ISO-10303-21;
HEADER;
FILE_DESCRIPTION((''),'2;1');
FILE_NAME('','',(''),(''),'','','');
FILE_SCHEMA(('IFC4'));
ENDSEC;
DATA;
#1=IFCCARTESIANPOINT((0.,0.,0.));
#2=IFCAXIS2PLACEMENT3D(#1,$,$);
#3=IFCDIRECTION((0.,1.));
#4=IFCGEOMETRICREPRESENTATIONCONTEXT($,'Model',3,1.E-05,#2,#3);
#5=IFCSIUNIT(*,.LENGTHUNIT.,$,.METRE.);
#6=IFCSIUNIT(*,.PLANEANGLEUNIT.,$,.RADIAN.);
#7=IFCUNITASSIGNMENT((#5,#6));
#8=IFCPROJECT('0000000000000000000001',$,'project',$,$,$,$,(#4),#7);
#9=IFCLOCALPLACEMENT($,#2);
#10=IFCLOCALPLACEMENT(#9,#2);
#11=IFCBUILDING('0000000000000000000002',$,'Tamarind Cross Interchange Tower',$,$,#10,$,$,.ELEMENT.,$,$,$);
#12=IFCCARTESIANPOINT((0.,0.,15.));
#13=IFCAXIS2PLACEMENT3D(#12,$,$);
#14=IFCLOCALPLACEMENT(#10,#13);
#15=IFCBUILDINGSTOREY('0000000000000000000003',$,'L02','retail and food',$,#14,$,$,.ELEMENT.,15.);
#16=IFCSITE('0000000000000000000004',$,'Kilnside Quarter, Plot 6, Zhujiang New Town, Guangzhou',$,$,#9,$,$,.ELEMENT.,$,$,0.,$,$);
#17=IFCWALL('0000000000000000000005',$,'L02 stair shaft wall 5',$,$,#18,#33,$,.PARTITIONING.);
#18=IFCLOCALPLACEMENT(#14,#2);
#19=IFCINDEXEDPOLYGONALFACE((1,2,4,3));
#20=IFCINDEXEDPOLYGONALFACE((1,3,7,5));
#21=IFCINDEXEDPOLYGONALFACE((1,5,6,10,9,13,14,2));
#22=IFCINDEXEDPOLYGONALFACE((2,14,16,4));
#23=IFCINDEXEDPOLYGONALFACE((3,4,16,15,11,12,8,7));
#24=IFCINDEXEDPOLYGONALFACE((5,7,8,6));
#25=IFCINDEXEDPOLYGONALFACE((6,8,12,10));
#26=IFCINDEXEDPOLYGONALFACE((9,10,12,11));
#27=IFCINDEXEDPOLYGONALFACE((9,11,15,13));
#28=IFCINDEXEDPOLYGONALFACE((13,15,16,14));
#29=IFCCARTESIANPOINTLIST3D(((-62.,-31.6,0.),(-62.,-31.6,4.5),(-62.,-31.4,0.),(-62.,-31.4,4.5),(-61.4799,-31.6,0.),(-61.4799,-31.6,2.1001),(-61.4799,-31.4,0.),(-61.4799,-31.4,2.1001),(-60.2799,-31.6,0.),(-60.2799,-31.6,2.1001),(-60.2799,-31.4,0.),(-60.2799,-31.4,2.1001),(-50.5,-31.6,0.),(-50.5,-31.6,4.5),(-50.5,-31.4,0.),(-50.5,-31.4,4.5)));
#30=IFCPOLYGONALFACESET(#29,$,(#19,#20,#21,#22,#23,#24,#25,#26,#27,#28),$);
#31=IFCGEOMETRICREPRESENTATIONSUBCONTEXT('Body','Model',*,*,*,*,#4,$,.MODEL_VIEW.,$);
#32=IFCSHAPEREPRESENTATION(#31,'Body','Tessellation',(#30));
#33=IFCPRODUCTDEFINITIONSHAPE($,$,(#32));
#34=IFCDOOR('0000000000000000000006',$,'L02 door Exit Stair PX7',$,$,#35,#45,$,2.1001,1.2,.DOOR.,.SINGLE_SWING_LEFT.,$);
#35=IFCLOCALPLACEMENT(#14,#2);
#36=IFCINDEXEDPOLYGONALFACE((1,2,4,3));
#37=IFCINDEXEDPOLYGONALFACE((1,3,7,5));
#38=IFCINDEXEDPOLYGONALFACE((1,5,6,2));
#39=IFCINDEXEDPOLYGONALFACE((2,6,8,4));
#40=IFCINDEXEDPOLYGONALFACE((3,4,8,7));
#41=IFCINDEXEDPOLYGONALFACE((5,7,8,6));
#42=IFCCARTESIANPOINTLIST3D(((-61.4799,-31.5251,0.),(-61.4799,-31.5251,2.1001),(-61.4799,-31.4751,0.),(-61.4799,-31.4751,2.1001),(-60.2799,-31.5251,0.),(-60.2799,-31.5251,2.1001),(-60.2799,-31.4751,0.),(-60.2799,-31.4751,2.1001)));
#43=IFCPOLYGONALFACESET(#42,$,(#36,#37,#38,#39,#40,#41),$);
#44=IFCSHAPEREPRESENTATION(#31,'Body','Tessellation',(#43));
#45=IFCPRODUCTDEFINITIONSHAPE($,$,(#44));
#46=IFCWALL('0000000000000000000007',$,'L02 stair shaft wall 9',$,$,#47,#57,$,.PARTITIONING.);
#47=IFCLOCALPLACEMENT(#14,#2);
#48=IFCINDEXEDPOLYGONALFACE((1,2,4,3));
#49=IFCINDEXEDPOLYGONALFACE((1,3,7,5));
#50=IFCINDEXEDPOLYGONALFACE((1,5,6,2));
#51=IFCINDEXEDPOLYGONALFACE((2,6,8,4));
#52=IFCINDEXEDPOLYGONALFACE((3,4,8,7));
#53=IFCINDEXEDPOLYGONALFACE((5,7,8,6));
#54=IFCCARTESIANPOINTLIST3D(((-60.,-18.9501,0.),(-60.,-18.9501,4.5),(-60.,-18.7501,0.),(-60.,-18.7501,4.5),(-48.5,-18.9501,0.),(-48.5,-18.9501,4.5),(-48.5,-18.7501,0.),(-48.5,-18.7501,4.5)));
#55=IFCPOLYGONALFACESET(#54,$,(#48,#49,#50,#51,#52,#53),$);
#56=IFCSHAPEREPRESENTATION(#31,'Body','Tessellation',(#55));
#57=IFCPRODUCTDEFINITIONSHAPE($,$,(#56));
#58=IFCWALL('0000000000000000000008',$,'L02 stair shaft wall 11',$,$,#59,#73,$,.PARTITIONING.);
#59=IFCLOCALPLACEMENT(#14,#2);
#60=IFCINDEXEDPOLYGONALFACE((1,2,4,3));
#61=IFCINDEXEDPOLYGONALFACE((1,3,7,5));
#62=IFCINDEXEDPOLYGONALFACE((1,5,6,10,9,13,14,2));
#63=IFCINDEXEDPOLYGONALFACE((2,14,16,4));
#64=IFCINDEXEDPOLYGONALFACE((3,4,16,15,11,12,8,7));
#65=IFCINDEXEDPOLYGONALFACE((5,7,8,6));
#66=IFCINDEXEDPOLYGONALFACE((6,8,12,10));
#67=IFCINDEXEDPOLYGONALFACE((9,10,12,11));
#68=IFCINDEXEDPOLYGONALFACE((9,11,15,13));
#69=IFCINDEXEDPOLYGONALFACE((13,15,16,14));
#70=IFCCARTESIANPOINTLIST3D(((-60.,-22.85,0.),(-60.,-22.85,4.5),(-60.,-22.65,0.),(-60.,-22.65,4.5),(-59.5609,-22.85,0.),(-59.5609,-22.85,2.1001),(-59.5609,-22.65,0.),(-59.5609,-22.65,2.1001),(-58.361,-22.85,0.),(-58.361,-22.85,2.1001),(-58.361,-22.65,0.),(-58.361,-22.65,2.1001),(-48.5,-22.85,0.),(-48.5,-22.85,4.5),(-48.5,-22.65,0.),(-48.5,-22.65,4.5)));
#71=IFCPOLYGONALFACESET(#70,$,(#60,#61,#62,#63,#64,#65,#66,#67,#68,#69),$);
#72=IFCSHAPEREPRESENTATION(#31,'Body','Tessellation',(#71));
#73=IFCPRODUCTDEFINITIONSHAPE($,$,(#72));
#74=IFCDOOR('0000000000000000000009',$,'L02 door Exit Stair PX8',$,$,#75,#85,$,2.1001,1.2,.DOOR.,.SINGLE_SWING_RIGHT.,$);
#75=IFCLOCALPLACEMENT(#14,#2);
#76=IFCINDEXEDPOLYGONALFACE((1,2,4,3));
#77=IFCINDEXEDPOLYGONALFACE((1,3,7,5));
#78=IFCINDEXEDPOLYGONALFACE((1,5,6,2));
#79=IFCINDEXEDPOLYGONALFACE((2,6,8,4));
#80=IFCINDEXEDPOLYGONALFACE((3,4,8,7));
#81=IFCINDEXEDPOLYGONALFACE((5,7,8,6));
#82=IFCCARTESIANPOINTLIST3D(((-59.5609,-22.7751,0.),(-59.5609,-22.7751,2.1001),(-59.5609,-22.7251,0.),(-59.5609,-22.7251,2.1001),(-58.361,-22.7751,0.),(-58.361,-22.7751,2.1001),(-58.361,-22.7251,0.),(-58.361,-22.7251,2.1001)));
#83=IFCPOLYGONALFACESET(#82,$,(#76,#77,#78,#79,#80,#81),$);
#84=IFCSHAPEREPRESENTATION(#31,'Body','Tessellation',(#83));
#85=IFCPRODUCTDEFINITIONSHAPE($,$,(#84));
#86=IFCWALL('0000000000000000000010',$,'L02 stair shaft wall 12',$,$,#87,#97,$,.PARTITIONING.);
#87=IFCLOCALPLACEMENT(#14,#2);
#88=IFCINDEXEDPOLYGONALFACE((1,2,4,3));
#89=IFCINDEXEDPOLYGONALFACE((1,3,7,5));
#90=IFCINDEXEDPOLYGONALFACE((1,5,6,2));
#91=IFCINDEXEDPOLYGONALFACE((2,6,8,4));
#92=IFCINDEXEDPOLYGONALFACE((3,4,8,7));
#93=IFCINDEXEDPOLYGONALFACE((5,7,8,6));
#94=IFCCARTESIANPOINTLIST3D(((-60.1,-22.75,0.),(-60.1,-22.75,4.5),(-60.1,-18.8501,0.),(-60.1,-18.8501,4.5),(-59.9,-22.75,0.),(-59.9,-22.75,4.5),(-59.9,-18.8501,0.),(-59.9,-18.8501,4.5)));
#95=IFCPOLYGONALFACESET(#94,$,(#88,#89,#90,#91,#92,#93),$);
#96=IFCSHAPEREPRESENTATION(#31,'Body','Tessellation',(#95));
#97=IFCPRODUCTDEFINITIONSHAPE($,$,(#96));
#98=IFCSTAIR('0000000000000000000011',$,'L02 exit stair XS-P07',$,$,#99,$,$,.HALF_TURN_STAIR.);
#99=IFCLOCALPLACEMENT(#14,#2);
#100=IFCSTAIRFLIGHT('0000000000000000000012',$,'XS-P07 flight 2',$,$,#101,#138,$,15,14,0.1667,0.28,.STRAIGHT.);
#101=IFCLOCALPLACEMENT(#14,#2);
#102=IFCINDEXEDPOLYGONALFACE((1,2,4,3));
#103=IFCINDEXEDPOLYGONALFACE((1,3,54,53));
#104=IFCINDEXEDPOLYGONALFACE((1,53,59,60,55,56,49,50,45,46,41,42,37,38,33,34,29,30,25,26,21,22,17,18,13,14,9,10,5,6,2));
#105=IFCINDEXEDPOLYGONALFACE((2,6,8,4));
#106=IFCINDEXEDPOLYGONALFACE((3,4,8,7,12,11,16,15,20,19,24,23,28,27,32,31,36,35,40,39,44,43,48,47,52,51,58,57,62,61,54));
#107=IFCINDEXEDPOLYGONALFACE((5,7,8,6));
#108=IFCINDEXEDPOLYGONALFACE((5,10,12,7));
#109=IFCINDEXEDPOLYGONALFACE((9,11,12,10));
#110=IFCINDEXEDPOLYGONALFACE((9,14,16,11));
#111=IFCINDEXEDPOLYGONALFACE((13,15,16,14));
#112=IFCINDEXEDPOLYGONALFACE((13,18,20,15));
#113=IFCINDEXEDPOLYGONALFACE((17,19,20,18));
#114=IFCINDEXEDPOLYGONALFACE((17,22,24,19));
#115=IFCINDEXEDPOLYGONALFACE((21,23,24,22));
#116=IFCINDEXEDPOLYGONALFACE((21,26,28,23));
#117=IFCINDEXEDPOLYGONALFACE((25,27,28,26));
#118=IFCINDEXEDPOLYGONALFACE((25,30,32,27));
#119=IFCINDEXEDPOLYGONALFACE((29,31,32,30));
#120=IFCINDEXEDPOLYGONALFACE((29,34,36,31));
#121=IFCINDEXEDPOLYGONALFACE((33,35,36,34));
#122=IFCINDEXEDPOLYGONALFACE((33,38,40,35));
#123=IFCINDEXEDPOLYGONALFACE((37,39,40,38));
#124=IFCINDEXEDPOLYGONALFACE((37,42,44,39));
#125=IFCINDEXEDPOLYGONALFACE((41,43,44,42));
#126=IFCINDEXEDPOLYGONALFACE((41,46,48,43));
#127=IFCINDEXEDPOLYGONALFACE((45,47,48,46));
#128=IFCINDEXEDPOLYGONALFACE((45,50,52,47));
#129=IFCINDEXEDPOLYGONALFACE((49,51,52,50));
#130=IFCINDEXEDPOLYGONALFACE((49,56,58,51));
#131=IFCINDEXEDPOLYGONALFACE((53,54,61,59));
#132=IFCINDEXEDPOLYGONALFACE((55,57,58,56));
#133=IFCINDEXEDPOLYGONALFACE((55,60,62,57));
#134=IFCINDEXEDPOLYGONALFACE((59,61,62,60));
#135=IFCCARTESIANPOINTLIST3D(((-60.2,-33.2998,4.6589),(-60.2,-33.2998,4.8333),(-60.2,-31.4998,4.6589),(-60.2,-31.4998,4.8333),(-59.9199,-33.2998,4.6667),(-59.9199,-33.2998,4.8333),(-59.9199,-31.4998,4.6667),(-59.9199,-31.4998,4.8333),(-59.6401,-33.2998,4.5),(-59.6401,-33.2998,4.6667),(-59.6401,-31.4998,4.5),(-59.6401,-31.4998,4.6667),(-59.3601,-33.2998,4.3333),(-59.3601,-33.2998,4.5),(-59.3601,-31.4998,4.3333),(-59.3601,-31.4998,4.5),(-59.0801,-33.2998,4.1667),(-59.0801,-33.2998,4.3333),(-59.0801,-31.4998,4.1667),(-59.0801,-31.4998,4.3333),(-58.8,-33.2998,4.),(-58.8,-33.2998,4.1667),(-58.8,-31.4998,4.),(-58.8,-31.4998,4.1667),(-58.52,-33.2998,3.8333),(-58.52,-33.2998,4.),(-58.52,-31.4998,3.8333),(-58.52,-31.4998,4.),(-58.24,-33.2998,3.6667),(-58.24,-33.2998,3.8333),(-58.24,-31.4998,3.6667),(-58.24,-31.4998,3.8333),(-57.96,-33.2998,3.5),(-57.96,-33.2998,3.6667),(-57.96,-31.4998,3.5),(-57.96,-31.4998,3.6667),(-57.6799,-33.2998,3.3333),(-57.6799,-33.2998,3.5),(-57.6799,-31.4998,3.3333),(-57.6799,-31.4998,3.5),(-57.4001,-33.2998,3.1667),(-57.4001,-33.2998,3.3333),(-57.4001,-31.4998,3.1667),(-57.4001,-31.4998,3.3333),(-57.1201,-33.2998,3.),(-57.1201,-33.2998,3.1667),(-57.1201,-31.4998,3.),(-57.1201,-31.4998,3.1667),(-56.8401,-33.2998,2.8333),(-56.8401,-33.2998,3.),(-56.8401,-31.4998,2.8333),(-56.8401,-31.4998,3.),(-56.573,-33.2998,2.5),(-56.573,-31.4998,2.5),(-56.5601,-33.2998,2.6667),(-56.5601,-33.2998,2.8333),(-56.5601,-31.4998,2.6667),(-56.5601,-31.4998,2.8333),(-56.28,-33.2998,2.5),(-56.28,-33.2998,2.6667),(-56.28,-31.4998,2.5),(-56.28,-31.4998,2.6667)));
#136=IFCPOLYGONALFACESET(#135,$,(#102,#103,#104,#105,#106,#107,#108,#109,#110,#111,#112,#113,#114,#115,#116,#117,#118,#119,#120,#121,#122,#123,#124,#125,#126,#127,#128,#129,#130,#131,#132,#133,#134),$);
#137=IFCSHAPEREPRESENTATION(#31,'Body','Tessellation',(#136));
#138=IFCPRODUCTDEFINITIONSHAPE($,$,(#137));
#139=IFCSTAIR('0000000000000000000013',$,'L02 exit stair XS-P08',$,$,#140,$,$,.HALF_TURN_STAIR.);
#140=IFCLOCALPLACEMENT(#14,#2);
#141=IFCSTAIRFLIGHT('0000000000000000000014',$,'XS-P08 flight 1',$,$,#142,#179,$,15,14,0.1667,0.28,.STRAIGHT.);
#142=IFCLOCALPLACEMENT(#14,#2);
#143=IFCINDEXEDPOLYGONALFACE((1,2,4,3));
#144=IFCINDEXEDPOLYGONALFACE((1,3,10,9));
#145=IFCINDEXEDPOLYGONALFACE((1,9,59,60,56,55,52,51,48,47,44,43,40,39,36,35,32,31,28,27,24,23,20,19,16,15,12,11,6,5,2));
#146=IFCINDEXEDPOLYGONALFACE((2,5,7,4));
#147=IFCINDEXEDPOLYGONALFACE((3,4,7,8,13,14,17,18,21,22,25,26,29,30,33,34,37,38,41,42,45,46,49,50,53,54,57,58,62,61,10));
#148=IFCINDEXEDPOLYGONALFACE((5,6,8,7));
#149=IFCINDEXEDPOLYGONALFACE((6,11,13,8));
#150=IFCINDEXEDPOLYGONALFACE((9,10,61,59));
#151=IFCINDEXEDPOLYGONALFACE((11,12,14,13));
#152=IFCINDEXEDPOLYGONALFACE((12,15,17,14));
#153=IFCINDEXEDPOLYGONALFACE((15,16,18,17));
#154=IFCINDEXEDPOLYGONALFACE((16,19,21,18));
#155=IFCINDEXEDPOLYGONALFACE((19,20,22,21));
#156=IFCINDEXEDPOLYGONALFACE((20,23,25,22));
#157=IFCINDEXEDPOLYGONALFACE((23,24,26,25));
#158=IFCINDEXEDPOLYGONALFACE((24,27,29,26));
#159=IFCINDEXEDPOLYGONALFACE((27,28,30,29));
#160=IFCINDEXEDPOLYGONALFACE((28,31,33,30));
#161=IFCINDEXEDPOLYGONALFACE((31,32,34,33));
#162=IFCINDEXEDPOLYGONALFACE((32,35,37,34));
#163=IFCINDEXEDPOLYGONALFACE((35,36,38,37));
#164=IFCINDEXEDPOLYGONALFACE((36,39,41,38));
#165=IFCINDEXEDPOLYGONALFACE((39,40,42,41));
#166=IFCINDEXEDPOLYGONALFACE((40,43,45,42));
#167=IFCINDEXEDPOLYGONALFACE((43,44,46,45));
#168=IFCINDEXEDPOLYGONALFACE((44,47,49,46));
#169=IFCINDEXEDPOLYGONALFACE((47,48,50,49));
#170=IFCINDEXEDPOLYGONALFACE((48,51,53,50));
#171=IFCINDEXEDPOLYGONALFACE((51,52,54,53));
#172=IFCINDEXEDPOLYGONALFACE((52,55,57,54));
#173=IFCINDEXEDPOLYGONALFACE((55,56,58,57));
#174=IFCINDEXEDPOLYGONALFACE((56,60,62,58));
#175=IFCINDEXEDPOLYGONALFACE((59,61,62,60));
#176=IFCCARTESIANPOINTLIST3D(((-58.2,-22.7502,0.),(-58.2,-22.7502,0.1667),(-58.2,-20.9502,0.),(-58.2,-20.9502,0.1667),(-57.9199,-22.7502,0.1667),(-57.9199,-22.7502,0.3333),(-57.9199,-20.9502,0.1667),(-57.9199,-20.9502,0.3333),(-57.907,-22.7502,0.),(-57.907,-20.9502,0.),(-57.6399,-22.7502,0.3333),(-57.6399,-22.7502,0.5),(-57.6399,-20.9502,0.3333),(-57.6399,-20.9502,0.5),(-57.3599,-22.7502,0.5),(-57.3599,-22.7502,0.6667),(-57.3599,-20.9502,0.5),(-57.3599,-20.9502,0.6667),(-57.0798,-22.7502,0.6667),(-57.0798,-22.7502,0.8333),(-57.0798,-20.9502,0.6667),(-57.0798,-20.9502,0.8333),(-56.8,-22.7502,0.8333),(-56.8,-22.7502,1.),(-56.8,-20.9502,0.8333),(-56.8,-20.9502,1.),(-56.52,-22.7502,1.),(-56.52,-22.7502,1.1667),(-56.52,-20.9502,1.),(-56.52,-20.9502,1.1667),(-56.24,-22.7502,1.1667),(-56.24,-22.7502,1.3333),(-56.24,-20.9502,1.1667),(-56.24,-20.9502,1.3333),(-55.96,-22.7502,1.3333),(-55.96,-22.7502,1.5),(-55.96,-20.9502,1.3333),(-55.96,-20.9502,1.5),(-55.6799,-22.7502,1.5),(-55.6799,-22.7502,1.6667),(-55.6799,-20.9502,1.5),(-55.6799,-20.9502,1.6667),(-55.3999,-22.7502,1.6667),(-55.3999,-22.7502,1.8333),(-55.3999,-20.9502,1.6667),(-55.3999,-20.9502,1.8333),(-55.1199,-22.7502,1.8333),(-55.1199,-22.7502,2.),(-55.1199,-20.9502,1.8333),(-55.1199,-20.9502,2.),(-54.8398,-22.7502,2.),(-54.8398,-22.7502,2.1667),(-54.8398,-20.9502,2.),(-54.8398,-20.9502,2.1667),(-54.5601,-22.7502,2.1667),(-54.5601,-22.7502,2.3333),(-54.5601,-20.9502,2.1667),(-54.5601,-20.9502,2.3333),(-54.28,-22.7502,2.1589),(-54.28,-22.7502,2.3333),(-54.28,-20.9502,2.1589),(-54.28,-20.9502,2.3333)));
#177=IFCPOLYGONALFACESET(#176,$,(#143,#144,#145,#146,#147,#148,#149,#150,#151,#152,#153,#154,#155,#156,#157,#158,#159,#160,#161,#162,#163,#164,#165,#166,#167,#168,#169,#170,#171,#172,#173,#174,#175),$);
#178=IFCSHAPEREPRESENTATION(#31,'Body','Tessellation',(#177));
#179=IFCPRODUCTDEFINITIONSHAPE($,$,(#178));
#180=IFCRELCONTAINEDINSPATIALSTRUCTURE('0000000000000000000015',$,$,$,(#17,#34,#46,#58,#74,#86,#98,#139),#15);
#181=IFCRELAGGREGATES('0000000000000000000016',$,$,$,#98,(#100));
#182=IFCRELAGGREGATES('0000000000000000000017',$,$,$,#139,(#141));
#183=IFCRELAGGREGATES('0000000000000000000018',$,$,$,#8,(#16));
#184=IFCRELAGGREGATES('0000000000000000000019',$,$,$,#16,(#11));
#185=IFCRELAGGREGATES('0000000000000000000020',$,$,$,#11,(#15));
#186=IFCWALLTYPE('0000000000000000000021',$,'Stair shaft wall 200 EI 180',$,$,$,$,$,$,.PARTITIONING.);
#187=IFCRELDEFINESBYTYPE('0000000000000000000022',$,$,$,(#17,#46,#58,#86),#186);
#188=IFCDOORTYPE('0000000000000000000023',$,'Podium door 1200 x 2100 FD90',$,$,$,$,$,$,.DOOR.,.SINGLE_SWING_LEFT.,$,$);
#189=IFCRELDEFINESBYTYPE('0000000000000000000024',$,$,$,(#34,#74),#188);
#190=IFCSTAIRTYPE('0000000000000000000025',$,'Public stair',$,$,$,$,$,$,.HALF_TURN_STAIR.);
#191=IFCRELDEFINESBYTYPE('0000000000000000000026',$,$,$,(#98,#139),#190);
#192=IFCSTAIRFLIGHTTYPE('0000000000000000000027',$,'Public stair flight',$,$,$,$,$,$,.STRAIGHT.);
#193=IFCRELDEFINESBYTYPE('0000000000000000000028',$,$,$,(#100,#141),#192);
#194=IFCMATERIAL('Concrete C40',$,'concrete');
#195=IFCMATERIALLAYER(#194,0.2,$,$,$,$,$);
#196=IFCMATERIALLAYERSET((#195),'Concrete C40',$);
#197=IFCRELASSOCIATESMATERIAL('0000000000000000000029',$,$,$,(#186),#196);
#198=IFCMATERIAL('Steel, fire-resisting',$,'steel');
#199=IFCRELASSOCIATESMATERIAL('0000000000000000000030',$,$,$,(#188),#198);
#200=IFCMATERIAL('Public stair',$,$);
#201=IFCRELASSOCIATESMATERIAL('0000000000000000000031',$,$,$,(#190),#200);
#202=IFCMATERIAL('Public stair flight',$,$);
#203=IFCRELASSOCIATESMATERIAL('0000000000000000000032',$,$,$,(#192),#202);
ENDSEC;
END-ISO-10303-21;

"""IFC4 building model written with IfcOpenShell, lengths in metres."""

from ifc_helpers import new_model, si_unit, direction, frame, frame_2d, origin, place, context, subcontext, project, spatial, polyline, rectangle, outline, extrude, material, layer, layer_set, type_object, element, fill, aggregate, save


model = new_model("IFC4")

# Units and contexts
model_context = context("Model", 3, precision=1e-05, world=origin(), true_north=direction((0.0, 1.0)))
body_context = subcontext(model_context, "Body", "Model", "MODEL_VIEW")
ifc_project = project(units=[si_unit("LENGTHUNIT", "METRE"), si_unit("PLANEANGLEUNIT", "RADIAN")], contexts=[model_context])

# Site, building, storey
site_placement = place(None, origin())
site = spatial("IfcSite", under=ifc_project, at=site_placement, Name="Kilnside Quarter, Plot 6, Zhujiang New Town, Guangzhou", CompositionType="ELEMENT", RefElevation=0.0)
building_placement = place(site_placement, origin())
building = spatial("IfcBuilding", under=site, at=building_placement, Name="Tamarind Cross Interchange Tower", CompositionType="ELEMENT")
storey_placement = place(building_placement, frame((0.0, 0.0, 15.0)))
storey = spatial("IfcBuildingStorey", under=building, at=storey_placement, Name="L02", Description="retail and food", CompositionType="ELEMENT", Elevation=15.0)

# Shared definitions
ifc_material_1 = material(Name="Steel, fire-resisting", Category="steel")

# Wall, opening, door
ifc_material_2 = material(Name="Concrete C40", Category="concrete")
ifc_layer_1 = layer(ifc_material_2, 0.2)
ifc_layer_set_1 = layer_set([ifc_layer_1], Name="Concrete C40")
wall_type_1 = type_object("IfcWallType", Name="Stair shaft wall 200 EI 180", PredefinedType="PARTITIONING", material=ifc_layer_set_1)
wall_1_placement = place(storey_placement, frame((-62.0, -31.5, 0.0), z_axis=(0.0, 0.0, 1.0), x_axis=(1.0, 0.0, 0.0)))
wall_1 = element("IfcWall", 1, at=wall_1_placement, inside=storey, type_object=wall_type_1, Name="L02 stair shaft wall 5", PredefinedType="PARTITIONING", context=body_context, shape_type="SweptSolid", body=[
    extrude(rectangle(XDim=11.5, YDim=0.2, at=frame_2d((5.75, 0.0))), origin(), (0.0, 0.0, 1.0), 4.5),
])
opening_1_placement = place(wall_1_placement, frame((0.52, 0.0, 0.0)))
opening_1 = element("IfcOpeningElement", 2, at=opening_1_placement, cuts=wall_1, PredefinedType="OPENING", context=body_context, shape_type="SweptSolid", body=[
    extrude(rectangle(XDim=1.2, YDim=2.1001, at=frame_2d((0.6001, 1.05))), frame((0.0, 0.1099, 0.0), z_axis=(0.0, -1.0, 0.0), x_axis=(1.0, 0.0, 0.0)), (0.0, 0.0, 1.0), 0.22),
])
door_type_1 = type_object("IfcDoorType", Name="Podium door 1200 x 2100 FD90", OperationType="SINGLE_SWING_LEFT", PredefinedType="DOOR", material=ifc_material_1)
door_1_placement = place(opening_1_placement, origin())
door_1 = element("IfcDoor", 3, at=door_1_placement, inside=storey, type_object=door_type_1, Name="L02 door Exit Stair PX7", OperationType="SINGLE_SWING_LEFT", OverallHeight=2.1001, OverallWidth=1.2, PredefinedType="DOOR", context=body_context, shape_type="SweptSolid", body=[
    extrude(rectangle(XDim=1.2, YDim=2.1001, at=frame_2d((0.6001, 1.05))), frame((0.0, 0.0249, 0.0), z_axis=(0.0, -1.0, 0.0), x_axis=(1.0, 0.0, 0.0)), (0.0, 0.0, 1.0), 0.05),
])
fill(opening_1, door_1)

# Wall
wall_2_placement = place(storey_placement, frame((-60.0, -18.8501, 0.0), z_axis=(0.0, 0.0, 1.0), x_axis=(1.0, 0.0, 0.0)))
element("IfcWall", 4, at=wall_2_placement, inside=storey, type_object=wall_type_1, Name="L02 stair shaft wall 9", PredefinedType="PARTITIONING", context=body_context, shape_type="SweptSolid", body=[
    extrude(rectangle(XDim=11.5, YDim=0.2, at=frame_2d((5.75, 0.0))), origin(), (0.0, 0.0, 1.0), 4.5),
])

# Wall, opening, door
wall_3_placement = place(storey_placement, frame((-60.0, -22.75, 0.0), z_axis=(0.0, 0.0, 1.0), x_axis=(1.0, 0.0, 0.0)))
wall_3 = element("IfcWall", 5, at=wall_3_placement, inside=storey, type_object=wall_type_1, Name="L02 stair shaft wall 11", PredefinedType="PARTITIONING", context=body_context, shape_type="SweptSolid", body=[
    extrude(rectangle(XDim=11.5, YDim=0.2, at=frame_2d((5.75, 0.0))), origin(), (0.0, 0.0, 1.0), 4.5),
])
opening_2_placement = place(wall_3_placement, frame((0.439, 0.0, 0.0)))
opening_2 = element("IfcOpeningElement", 6, at=opening_2_placement, cuts=wall_3, PredefinedType="OPENING", context=body_context, shape_type="SweptSolid", body=[
    extrude(rectangle(XDim=1.2, YDim=2.1001, at=frame_2d((0.6001, 1.05))), frame((0.0, 0.1099, 0.0), z_axis=(0.0, -1.0, 0.0), x_axis=(1.0, 0.0, 0.0)), (0.0, 0.0, 1.0), 0.22),
])
door_2_placement = place(opening_2_placement, origin())
door_2 = element("IfcDoor", 7, at=door_2_placement, inside=storey, type_object=door_type_1, Name="L02 door Exit Stair PX8", OperationType="SINGLE_SWING_RIGHT", OverallHeight=2.1001, OverallWidth=1.2, PredefinedType="DOOR", context=body_context, shape_type="SweptSolid", body=[
    extrude(rectangle(XDim=1.2, YDim=2.1001, at=frame_2d((0.6001, 1.05))), frame((0.0, 0.0249, 0.0), z_axis=(0.0, -1.0, 0.0), x_axis=(1.0, 0.0, 0.0)), (0.0, 0.0, 1.0), 0.05),
])
fill(opening_2, door_2)

# Wall
wall_4_placement = place(storey_placement, frame((-60.0, -22.75, 0.0), z_axis=(0.0, 0.0, 1.0), x_axis=(0.0, 1.0, 0.0)))
element("IfcWall", 8, at=wall_4_placement, inside=storey, type_object=wall_type_1, Name="L02 stair shaft wall 12", PredefinedType="PARTITIONING", context=body_context, shape_type="SweptSolid", body=[
    extrude(rectangle(XDim=3.8999, YDim=0.2, at=frame_2d((1.95, 0.0))), origin(), (0.0, 0.0, 1.0), 4.5),
])

# Stair, stair flight
ifc_material_3 = material(Name="Public stair")
stair_type = type_object("IfcStairType", Name="Public stair", PredefinedType="HALF_TURN_STAIR", material=ifc_material_3)
stair_1_placement = place(storey_placement, origin())
stair_1 = element("IfcStair", 9, at=stair_1_placement, inside=storey, type_object=stair_type, Name="L02 exit stair XS-P07", PredefinedType="HALF_TURN_STAIR")
ifc_material_4 = material(Name="Public stair flight")
stair_flight_type = type_object("IfcStairFlightType", Name="Public stair flight", PredefinedType="STRAIGHT", material=ifc_material_4)
stair_flight_1_placement = place(storey_placement, frame((-56.28, -32.3999, 2.5), z_axis=(0.0, 0.0, 1.0), x_axis=(-1.0, 0.0, 0.0)))
stair_flight_1 = element("IfcStairFlight", 10, at=stair_flight_1_placement, type_object=stair_flight_type, Name="XS-P07 flight 2", NumberOfRisers=15, NumberOfTreads=14, PredefinedType="STRAIGHT", RiserHeight=0.1667, TreadLength=0.28, context=body_context, shape_type="SweptSolid", body=[
    extrude(outline(polyline([(0.0, 0.0), (0.0, 0.1667), (0.28, 0.1667), (0.28, 0.3333), (0.5601, 0.3333), (0.5601, 0.5), (0.8401, 0.5), (0.8401, 0.6667), (1.1201, 0.6667), (1.1201, 0.8333), (1.3999, 0.8333), (1.3999, 1.0), (1.6799, 1.0), (1.6799, 1.1667), (1.96, 1.1667), (1.96, 1.3333), (2.24, 1.3333), (2.24, 1.5), (2.52, 1.5), (2.52, 1.6667), (2.8, 1.6667), (2.8, 1.8333), (3.0801, 1.8333), (3.0801, 2.0), (3.3601, 2.0), (3.3601, 2.1667), (3.6399, 2.1667), (3.6399, 2.3333), (3.9199, 2.3333), (3.9199, 2.5), (3.9199, 2.1589), (0.293, 0.0), (0.0, 0.0)])), frame((0.0, 0.8999, 0.0), z_axis=(0.0, -1.0, 0.0), x_axis=(1.0, 0.0, 0.0)), (0.0, 0.0, 1.0), 1.8),
])
aggregate(stair_1, [stair_flight_1])

# Stair, stair flight
stair_2_placement = place(storey_placement, origin())
stair_2 = element("IfcStair", 11, at=stair_2_placement, inside=storey, type_object=stair_type, Name="L02 exit stair XS-P08", PredefinedType="HALF_TURN_STAIR")
stair_flight_2_placement = place(storey_placement, frame((-58.2, -21.8501, 0.0), z_axis=(0.0, 0.0, 1.0), x_axis=(1.0, 0.0, 0.0)))
stair_flight_2 = element("IfcStairFlight", 12, at=stair_flight_2_placement, type_object=stair_flight_type, Name="XS-P08 flight 1", NumberOfRisers=15, NumberOfTreads=14, PredefinedType="STRAIGHT", RiserHeight=0.1667, TreadLength=0.28, context=body_context, shape_type="SweptSolid", body=[
    extrude(outline(polyline([(0.0, 0.0), (0.0, 0.1667), (0.28, 0.1667), (0.28, 0.3333), (0.5601, 0.3333), (0.5601, 0.5), (0.8401, 0.5), (0.8401, 0.6667), (1.1201, 0.6667), (1.1201, 0.8333), (1.3999, 0.8333), (1.3999, 1.0), (1.6799, 1.0), (1.6799, 1.1667), (1.96, 1.1667), (1.96, 1.3333), (2.24, 1.3333), (2.24, 1.5), (2.52, 1.5), (2.52, 1.6667), (2.8, 1.6667), (2.8, 1.8333), (3.0801, 1.8333), (3.0801, 2.0), (3.3601, 2.0), (3.3601, 2.1667), (3.6399, 2.1667), (3.6399, 2.3333), (3.9199, 2.3333), (3.9199, 2.5), (3.9199, 2.1589), (0.293, 0.0), (0.0, 0.0)])), frame((0.0, 0.8999, 0.0), z_axis=(0.0, -1.0, 0.0), x_axis=(1.0, 0.0, 0.0)), (0.0, 0.0, 1.0), 1.8),
])
aggregate(stair_2, [stair_flight_2])

save(model, "model.ifc")
